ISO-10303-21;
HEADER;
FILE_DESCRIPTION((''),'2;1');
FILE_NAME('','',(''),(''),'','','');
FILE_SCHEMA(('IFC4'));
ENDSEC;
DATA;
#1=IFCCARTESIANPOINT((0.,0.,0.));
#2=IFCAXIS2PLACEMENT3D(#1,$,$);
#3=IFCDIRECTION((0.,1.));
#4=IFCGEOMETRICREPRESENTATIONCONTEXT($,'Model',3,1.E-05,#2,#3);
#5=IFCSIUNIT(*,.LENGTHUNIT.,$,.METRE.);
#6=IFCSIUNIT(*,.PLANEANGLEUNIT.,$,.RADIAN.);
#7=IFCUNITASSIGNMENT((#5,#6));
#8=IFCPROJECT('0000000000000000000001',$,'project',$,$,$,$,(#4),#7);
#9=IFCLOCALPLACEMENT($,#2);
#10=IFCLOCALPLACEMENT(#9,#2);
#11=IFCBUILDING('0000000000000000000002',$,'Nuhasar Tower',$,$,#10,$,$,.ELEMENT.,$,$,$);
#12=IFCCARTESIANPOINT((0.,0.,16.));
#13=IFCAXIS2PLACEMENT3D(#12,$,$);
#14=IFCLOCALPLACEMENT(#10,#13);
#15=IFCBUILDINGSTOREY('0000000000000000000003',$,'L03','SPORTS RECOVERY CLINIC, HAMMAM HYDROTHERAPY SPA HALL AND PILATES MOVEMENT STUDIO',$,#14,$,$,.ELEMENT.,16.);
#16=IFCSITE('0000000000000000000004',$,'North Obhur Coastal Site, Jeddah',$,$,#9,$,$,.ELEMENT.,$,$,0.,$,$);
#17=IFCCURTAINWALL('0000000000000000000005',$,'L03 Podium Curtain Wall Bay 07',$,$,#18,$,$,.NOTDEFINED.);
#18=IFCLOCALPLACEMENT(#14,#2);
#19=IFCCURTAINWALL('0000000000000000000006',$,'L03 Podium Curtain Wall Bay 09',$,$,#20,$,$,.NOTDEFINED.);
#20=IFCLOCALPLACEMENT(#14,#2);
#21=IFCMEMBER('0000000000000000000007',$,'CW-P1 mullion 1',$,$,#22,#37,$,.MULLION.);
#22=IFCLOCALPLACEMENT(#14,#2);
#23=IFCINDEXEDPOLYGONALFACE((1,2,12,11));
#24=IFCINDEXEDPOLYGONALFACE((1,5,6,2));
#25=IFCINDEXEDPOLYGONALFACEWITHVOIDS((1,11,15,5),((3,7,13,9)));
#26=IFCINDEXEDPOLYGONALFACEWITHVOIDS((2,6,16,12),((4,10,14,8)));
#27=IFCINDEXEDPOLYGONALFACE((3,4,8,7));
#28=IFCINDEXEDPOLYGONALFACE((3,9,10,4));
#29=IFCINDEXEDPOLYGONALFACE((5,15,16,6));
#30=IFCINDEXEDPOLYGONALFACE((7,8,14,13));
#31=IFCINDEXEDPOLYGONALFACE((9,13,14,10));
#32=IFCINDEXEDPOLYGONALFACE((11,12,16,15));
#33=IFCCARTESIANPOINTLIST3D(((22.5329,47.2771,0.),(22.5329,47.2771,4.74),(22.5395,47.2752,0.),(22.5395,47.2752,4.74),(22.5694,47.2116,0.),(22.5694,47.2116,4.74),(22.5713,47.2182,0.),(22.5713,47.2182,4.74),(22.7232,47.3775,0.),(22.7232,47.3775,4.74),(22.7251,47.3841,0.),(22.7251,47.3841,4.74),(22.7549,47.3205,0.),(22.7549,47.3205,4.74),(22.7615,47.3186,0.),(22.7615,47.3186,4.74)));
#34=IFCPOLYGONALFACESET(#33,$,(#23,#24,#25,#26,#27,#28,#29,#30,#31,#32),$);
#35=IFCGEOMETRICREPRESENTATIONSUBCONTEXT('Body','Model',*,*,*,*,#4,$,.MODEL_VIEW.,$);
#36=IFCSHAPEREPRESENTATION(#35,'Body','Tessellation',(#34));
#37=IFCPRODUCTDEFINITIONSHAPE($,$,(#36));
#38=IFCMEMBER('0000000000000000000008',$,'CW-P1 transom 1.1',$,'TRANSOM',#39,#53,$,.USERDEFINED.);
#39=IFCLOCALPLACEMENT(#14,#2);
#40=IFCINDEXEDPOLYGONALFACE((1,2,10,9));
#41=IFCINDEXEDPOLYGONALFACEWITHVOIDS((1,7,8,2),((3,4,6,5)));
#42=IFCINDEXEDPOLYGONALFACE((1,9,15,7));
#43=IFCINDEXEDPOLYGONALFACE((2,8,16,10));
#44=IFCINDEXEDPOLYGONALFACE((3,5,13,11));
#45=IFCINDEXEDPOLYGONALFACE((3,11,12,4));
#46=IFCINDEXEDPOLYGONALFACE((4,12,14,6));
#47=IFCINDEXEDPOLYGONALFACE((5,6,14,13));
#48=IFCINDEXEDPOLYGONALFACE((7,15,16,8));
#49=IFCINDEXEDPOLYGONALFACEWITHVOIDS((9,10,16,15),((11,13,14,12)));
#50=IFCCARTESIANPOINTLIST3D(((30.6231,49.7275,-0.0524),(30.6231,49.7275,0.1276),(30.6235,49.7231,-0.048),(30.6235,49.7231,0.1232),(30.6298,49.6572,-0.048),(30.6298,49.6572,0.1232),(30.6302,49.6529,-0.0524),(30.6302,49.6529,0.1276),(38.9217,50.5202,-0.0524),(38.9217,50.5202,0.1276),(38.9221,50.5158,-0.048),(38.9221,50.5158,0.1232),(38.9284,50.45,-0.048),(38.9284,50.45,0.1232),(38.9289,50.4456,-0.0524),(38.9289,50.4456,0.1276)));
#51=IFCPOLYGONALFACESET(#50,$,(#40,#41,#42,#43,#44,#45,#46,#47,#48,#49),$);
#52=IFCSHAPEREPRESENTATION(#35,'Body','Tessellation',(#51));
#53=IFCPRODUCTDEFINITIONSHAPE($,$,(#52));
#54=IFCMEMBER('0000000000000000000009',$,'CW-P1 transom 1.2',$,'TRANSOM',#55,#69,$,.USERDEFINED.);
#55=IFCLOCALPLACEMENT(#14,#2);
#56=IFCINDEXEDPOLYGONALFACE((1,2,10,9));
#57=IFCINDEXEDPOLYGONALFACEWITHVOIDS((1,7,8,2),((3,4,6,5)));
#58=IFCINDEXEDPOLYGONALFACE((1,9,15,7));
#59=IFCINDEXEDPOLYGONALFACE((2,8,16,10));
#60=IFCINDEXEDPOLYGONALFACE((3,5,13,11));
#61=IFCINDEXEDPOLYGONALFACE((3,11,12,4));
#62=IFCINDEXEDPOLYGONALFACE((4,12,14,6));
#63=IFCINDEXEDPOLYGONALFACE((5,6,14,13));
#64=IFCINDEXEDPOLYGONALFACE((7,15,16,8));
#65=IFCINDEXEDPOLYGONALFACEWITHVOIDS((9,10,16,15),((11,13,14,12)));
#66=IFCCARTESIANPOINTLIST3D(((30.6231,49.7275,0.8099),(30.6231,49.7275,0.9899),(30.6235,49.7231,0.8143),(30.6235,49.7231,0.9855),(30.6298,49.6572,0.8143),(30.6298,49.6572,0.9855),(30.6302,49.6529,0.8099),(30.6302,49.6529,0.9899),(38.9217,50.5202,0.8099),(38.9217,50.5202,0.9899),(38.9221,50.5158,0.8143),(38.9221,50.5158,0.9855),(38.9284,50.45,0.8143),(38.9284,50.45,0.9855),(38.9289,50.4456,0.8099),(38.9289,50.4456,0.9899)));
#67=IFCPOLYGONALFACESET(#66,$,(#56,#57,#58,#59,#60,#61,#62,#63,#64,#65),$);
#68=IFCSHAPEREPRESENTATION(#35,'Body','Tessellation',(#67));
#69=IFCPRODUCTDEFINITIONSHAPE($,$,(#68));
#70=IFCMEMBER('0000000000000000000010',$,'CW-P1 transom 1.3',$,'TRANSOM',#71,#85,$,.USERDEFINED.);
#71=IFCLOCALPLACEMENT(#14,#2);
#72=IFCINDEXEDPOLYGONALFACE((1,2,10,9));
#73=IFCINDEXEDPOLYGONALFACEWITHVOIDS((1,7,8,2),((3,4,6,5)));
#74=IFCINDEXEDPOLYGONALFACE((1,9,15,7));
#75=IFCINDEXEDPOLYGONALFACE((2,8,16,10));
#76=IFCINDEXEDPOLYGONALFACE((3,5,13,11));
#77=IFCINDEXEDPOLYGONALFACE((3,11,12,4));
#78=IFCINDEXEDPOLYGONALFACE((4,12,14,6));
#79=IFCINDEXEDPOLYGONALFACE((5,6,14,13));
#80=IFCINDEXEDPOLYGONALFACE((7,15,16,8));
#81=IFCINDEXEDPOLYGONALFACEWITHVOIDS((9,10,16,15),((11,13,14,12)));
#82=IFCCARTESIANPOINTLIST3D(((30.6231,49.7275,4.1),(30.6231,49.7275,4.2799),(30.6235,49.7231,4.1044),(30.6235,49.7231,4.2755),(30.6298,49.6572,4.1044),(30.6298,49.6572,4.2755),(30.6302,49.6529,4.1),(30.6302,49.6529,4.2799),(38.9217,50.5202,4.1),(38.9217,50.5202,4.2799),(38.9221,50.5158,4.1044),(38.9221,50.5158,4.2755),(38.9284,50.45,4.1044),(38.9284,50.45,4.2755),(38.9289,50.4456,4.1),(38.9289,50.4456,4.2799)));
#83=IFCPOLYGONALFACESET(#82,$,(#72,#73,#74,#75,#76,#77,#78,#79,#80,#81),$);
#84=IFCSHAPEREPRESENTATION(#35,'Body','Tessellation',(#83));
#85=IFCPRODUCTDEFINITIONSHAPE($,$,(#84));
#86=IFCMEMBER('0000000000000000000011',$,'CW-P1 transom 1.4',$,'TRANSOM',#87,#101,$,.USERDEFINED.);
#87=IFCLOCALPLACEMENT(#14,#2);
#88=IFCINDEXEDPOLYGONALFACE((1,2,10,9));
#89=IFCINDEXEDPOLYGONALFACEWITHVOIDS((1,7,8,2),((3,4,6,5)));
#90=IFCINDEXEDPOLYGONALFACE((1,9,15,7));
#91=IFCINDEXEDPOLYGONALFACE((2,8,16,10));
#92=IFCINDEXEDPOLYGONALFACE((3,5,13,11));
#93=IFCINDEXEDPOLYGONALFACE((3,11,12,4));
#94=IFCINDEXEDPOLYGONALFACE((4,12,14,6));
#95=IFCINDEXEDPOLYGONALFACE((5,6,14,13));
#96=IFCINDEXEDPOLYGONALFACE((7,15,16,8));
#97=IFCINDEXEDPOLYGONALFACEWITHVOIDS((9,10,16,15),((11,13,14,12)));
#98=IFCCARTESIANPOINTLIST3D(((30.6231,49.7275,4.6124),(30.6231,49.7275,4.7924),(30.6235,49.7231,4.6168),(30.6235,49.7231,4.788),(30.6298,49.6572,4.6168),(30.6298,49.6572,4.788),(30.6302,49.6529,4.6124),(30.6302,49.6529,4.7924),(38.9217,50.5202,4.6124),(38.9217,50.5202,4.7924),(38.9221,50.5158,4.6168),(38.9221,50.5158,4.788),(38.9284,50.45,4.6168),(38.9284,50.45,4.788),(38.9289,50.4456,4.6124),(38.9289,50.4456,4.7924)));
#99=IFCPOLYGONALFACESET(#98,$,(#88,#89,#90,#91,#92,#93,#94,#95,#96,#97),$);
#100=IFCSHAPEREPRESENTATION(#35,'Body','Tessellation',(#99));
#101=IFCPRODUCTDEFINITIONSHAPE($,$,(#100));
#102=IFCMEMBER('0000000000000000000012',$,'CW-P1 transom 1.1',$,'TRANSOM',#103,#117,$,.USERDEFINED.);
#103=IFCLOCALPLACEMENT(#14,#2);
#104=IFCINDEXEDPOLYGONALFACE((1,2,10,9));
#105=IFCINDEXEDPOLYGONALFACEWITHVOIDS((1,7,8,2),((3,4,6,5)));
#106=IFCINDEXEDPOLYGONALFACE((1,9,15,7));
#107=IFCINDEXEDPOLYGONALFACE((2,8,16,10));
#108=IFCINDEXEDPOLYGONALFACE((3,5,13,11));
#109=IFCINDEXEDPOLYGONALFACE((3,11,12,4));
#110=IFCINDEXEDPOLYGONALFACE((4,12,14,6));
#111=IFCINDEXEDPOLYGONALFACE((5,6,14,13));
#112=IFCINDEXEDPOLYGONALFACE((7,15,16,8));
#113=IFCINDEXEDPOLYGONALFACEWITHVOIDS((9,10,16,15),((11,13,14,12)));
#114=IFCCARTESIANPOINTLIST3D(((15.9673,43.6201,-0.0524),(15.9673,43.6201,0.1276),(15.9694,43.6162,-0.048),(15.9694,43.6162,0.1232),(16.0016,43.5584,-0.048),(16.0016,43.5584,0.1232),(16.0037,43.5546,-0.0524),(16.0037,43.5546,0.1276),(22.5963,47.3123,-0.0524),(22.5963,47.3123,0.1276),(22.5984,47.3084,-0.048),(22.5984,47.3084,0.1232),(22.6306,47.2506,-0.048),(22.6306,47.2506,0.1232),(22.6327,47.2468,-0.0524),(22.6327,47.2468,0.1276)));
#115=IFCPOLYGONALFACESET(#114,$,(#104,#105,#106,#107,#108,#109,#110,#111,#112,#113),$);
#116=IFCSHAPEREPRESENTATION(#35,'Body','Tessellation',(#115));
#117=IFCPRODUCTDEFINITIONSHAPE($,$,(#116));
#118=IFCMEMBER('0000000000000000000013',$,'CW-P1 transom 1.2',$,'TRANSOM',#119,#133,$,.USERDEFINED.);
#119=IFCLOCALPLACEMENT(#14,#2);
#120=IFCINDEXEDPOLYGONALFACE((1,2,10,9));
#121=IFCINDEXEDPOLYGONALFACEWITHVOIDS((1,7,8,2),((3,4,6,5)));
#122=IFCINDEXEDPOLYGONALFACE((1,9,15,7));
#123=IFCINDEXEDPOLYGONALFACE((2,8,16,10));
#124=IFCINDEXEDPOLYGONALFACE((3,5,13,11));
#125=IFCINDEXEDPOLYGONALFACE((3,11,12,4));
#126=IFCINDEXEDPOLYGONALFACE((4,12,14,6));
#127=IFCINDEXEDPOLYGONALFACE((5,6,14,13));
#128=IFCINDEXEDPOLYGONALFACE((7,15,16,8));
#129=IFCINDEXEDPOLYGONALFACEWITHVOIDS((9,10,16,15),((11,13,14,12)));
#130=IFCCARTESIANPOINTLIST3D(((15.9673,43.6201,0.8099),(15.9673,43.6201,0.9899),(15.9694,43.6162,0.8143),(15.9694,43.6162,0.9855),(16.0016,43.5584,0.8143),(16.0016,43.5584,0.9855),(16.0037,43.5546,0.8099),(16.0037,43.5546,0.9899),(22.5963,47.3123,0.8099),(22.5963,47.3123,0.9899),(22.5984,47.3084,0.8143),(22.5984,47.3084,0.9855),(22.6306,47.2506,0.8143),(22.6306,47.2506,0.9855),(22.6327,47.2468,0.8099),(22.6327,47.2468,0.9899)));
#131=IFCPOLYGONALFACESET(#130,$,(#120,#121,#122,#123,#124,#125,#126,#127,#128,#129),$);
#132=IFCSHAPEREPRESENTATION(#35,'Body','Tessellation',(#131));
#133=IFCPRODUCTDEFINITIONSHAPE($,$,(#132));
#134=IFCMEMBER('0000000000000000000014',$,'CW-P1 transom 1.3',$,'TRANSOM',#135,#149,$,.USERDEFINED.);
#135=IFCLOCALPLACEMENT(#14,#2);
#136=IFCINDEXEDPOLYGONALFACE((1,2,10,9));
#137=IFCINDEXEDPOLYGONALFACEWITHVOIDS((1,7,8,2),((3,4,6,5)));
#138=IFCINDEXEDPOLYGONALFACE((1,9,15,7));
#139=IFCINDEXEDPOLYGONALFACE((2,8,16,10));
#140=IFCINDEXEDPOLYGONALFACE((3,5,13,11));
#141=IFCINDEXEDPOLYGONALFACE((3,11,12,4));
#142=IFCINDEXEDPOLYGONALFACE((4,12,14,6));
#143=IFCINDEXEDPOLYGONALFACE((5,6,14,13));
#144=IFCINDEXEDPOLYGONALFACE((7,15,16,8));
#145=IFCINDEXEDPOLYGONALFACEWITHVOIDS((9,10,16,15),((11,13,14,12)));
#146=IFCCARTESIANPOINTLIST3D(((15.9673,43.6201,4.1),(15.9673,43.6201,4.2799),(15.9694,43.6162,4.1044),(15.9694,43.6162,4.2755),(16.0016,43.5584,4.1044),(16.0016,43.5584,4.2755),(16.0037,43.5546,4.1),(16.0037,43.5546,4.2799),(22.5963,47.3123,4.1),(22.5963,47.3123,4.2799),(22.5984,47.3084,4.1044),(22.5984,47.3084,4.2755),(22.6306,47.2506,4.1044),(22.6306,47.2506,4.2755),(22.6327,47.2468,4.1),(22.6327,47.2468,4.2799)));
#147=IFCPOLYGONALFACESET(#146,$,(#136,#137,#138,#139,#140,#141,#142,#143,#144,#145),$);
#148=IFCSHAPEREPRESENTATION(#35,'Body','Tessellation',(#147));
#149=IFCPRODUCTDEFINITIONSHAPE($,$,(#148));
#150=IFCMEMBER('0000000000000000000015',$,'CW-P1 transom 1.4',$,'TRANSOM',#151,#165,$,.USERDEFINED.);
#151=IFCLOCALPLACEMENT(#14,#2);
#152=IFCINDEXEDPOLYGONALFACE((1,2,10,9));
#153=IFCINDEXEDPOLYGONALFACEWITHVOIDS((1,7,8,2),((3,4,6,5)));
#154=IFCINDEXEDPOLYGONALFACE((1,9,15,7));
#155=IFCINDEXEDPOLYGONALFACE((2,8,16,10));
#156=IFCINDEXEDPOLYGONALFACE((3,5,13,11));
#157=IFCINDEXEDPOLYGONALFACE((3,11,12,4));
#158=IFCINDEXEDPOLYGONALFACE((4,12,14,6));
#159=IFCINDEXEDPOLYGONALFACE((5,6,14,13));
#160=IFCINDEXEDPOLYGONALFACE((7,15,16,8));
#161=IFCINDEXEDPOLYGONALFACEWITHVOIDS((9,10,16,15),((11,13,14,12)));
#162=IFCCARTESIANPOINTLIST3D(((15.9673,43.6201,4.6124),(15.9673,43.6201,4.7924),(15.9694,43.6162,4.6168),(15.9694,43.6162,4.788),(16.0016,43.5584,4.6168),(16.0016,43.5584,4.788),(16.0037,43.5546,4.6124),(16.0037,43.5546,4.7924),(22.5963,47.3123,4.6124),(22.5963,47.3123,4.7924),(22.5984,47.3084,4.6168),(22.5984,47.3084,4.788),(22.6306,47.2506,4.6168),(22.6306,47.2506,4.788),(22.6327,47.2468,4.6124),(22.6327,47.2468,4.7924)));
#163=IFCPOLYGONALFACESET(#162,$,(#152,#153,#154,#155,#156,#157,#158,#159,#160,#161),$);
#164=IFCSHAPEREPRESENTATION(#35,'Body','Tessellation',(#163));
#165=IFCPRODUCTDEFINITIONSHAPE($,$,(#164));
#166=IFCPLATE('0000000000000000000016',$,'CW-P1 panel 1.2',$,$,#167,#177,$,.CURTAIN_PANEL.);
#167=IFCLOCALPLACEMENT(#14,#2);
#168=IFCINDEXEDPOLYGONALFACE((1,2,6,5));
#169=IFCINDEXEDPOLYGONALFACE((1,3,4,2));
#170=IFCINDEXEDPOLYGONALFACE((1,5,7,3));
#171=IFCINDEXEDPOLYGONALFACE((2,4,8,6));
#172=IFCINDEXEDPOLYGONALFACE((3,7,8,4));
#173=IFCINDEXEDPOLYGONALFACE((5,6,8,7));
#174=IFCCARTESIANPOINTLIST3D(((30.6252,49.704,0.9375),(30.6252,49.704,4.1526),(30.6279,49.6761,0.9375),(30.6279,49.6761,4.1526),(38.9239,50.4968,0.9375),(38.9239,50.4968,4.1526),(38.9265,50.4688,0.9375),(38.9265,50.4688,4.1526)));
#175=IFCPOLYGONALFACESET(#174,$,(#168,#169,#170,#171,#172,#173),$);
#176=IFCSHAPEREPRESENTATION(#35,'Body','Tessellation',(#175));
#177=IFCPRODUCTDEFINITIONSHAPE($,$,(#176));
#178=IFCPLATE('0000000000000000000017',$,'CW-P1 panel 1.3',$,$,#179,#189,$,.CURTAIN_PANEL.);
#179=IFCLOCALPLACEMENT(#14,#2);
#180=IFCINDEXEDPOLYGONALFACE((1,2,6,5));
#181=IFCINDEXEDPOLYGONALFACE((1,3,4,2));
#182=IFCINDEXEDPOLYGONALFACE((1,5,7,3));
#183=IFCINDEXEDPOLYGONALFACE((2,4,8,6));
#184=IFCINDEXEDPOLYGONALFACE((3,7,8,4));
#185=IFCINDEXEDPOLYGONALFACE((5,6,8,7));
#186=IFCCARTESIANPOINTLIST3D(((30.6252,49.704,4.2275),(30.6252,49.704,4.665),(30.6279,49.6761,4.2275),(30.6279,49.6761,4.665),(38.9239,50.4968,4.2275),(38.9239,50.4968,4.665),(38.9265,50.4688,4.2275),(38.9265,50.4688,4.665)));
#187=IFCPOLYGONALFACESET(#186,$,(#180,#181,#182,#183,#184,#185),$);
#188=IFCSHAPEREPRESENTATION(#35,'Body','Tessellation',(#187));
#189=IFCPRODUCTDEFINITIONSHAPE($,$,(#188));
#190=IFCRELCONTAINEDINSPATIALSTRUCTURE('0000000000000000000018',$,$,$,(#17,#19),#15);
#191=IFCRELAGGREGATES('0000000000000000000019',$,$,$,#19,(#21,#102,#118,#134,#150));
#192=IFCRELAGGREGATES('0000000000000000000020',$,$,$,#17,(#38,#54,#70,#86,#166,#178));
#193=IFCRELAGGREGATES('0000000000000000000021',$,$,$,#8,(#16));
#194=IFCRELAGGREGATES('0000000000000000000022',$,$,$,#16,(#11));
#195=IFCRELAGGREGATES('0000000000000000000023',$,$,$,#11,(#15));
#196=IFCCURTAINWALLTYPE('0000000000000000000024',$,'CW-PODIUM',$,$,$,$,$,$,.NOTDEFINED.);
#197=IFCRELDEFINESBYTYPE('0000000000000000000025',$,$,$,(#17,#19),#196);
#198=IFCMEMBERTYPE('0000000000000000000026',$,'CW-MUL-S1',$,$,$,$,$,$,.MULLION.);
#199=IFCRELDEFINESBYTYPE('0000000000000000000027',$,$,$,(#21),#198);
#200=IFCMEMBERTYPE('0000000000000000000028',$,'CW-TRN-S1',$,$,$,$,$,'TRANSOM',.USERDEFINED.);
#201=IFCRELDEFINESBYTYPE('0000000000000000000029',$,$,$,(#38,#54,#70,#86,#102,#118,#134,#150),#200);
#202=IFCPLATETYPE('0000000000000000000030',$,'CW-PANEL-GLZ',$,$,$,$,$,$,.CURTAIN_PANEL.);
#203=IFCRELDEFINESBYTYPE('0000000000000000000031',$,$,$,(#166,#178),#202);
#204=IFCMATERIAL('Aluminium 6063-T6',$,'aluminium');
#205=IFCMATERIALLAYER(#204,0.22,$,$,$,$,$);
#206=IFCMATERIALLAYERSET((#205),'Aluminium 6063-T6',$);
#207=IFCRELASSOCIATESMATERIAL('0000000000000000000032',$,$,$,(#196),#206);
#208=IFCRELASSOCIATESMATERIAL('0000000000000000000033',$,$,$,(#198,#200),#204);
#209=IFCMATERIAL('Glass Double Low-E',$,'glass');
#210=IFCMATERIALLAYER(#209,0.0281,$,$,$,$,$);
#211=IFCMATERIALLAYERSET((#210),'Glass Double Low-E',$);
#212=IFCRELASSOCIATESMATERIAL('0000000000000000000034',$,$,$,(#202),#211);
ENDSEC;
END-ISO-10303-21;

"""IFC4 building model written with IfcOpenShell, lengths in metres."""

from ifc_helpers import new_model, si_unit, direction, frame, origin, origin_2d, place, context, subcontext, project, spatial, rectangle, hollow_rectangle, extrude, material, layer, layer_set, material_profile, profile_set, type_object, element, aggregate, save


model = new_model("IFC4")

# Units and contexts
model_context = context("Model", 3, precision=1e-05, world=origin(), true_north=direction((0.0, 1.0)))
body_context = subcontext(model_context, "Body", "Model", "MODEL_VIEW")
ifc_project = project(units=[si_unit("LENGTHUNIT", "METRE"), si_unit("PLANEANGLEUNIT", "RADIAN")], contexts=[model_context])

# Site, building, storey
site_placement = place(None, origin())
site = spatial("IfcSite", under=ifc_project, at=site_placement, Name="North Obhur Coastal Site, Jeddah", CompositionType="ELEMENT", RefElevation=0.0)
building_placement = place(site_placement, origin())
building = spatial("IfcBuilding", under=site, at=building_placement, Name="Nuhasar Tower", CompositionType="ELEMENT")
storey_placement = place(building_placement, frame((0.0, 0.0, 16.0)))
storey = spatial("IfcBuildingStorey", under=building, at=storey_placement, Name="L03", Description="SPORTS RECOVERY CLINIC, HAMMAM HYDROTHERAPY SPA HALL AND PILATES MOVEMENT STUDIO", CompositionType="ELEMENT", Elevation=16.0)

# Curtain wall
ifc_material_1 = material(Name="Aluminium 6063-T6", Category="aluminium")
ifc_layer_1 = layer(ifc_material_1, 0.22)
ifc_layer_set_1 = layer_set([ifc_layer_1], Name="Aluminium 6063-T6")
curtain_wall_type = type_object("IfcCurtainWallType", Name="CW-PODIUM", PredefinedType="NOTDEFINED", material=ifc_layer_set_1)
curtain_wall_1_placement = place(storey_placement, origin())
curtain_wall_1 = element("IfcCurtainWall", 1, at=curtain_wall_1_placement, inside=storey, type_object=curtain_wall_type, Name="L03 Podium Curtain Wall Bay 07", PredefinedType="NOTDEFINED")
ifc_material_profile_1 = material_profile(ifc_material_1, hollow_rectangle(XDim=0.075, YDim=0.22, WallThickness=0.0049, at=origin_2d()), Name="CWM-1")
ifc_profile_set_1 = profile_set([ifc_material_profile_1], Name="Aluminium 6063-T6")
member_type_1 = type_object("IfcMemberType", Name="CW-MUL-S1", PredefinedType="MULLION", material=ifc_profile_set_1)

# Curtain wall, member
curtain_wall_2_placement = place(storey_placement, origin())
curtain_wall_2 = element("IfcCurtainWall", 2, at=curtain_wall_2_placement, inside=storey, type_object=curtain_wall_type, Name="L03 Podium Curtain Wall Bay 09", PredefinedType="NOTDEFINED")
member_1_placement = place(storey_placement, frame((22.6472, 47.2979, 0.0), z_axis=(0.0, 0.0, 1.0), x_axis=(0.486575, -0.873639, 0.0)))
member_1 = element("IfcMember", 3, at=member_1_placement, type_object=member_type_1, Name="CW-P1 mullion 1", PredefinedType="MULLION", context=body_context, shape_type="SweptSolid", body=[
    extrude(hollow_rectangle(XDim=0.075, YDim=0.22, WallThickness=0.0049, at=origin_2d()), origin(), (0.0, 0.0, 1.0), 4.74),
])

# Members
ifc_material_profile_2 = material_profile(ifc_material_1, hollow_rectangle(XDim=0.075, YDim=0.1799, WallThickness=0.0044, at=origin_2d()), Name="CWT-1")
ifc_profile_set_2 = profile_set([ifc_material_profile_2], Name="Aluminium 6063-T6")
member_type_2 = type_object("IfcMemberType", Name="CW-TRN-S1", ElementType="TRANSOM", PredefinedType="USERDEFINED", material=ifc_profile_set_2)
member_2_placement = place(storey_placement, frame((38.9253, 50.4829, 0.0376), z_axis=(-0.995468, -0.095092, 0.0), x_axis=(0.095092, -0.995468, 0.0)))
member_2 = element("IfcMember", 4, at=member_2_placement, type_object=member_type_2, Name="CW-P1 transom 1.1", ObjectType="TRANSOM", PredefinedType="USERDEFINED", context=body_context, shape_type="SweptSolid", body=[
    extrude(hollow_rectangle(XDim=0.075, YDim=0.1799, WallThickness=0.0044, at=origin_2d()), origin(), (0.0, 0.0, 1.0), 8.3364),
])
member_3_placement = place(storey_placement, frame((38.9253, 50.4829, 0.8999), z_axis=(-0.995468, -0.095092, 0.0), x_axis=(0.095092, -0.995468, 0.0)))
member_3 = element("IfcMember", 5, at=member_3_placement, type_object=member_type_2, Name="CW-P1 transom 1.2", ObjectType="TRANSOM", PredefinedType="USERDEFINED", context=body_context, shape_type="SweptSolid", body=[
    extrude(hollow_rectangle(XDim=0.075, YDim=0.1799, WallThickness=0.0044, at=origin_2d()), origin(), (0.0, 0.0, 1.0), 8.3364),
])
member_4_placement = place(storey_placement, frame((38.9253, 50.4829, 4.1899), z_axis=(-0.995468, -0.095092, 0.0), x_axis=(0.095092, -0.995468, 0.0)))
member_4 = element("IfcMember", 6, at=member_4_placement, type_object=member_type_2, Name="CW-P1 transom 1.3", ObjectType="TRANSOM", PredefinedType="USERDEFINED", context=body_context, shape_type="SweptSolid", body=[
    extrude(hollow_rectangle(XDim=0.075, YDim=0.1799, WallThickness=0.0044, at=origin_2d()), origin(), (0.0, 0.0, 1.0), 8.3364),
])
member_5_placement = place(storey_placement, frame((38.9253, 50.4829, 4.7024), z_axis=(-0.995468, -0.095092, 0.0), x_axis=(0.095092, -0.995468, 0.0)))
member_5 = element("IfcMember", 7, at=member_5_placement, type_object=member_type_2, Name="CW-P1 transom 1.4", ObjectType="TRANSOM", PredefinedType="USERDEFINED", context=body_context, shape_type="SweptSolid", body=[
    extrude(hollow_rectangle(XDim=0.075, YDim=0.1799, WallThickness=0.0044, at=origin_2d()), origin(), (0.0, 0.0, 1.0), 8.3364),
])
member_6_placement = place(storey_placement, frame((22.6145, 47.2795, 0.0376), z_axis=(-0.87363, -0.486591, 0.0), x_axis=(0.486591, -0.87363, 0.0)))
member_6 = element("IfcMember", 8, at=member_6_placement, type_object=member_type_2, Name="CW-P1 transom 1.1", ObjectType="TRANSOM", PredefinedType="USERDEFINED", context=body_context, shape_type="SweptSolid", body=[
    extrude(hollow_rectangle(XDim=0.075, YDim=0.1799, WallThickness=0.0044, at=origin_2d()), origin(), (0.0, 0.0, 1.0), 7.5879),
])
member_7_placement = place(storey_placement, frame((22.6145, 47.2795, 0.8999), z_axis=(-0.87363, -0.486591, 0.0), x_axis=(0.486591, -0.87363, 0.0)))
member_7 = element("IfcMember", 9, at=member_7_placement, type_object=member_type_2, Name="CW-P1 transom 1.2", ObjectType="TRANSOM", PredefinedType="USERDEFINED", context=body_context, shape_type="SweptSolid", body=[
    extrude(hollow_rectangle(XDim=0.075, YDim=0.1799, WallThickness=0.0044, at=origin_2d()), origin(), (0.0, 0.0, 1.0), 7.5879),
])
member_8_placement = place(storey_placement, frame((22.6145, 47.2795, 4.1899), z_axis=(-0.87363, -0.486591, 0.0), x_axis=(0.486591, -0.87363, 0.0)))
member_8 = element("IfcMember", 10, at=member_8_placement, type_object=member_type_2, Name="CW-P1 transom 1.3", ObjectType="TRANSOM", PredefinedType="USERDEFINED", context=body_context, shape_type="SweptSolid", body=[
    extrude(hollow_rectangle(XDim=0.075, YDim=0.1799, WallThickness=0.0044, at=origin_2d()), origin(), (0.0, 0.0, 1.0), 7.5879),
])
member_9_placement = place(storey_placement, frame((22.6145, 47.2795, 4.7024), z_axis=(-0.87363, -0.486591, 0.0), x_axis=(0.486591, -0.87363, 0.0)))
member_9 = element("IfcMember", 11, at=member_9_placement, type_object=member_type_2, Name="CW-P1 transom 1.4", ObjectType="TRANSOM", PredefinedType="USERDEFINED", context=body_context, shape_type="SweptSolid", body=[
    extrude(hollow_rectangle(XDim=0.075, YDim=0.1799, WallThickness=0.0044, at=origin_2d()), origin(), (0.0, 0.0, 1.0), 7.5879),
])
aggregate(curtain_wall_2, [member_1, member_6, member_7, member_8, member_9])

# Plates
ifc_material_2 = material(Name="Glass Double Low-E", Category="glass")
ifc_layer_2 = layer(ifc_material_2, 0.0281)
ifc_layer_set_2 = layer_set([ifc_layer_2], Name="Glass Double Low-E")
plate_type_1 = type_object("IfcPlateType", Name="CW-PANEL-GLZ", PredefinedType="CURTAIN_PANEL", material=ifc_layer_set_2)
plate_1_placement = place(storey_placement, frame((34.7759, 50.0864, 0.9375), z_axis=(0.0, 0.0, 1.0), x_axis=(-0.995468, -0.095093, 0.0)))
plate_1 = element("IfcPlate", 12, at=plate_1_placement, type_object=plate_type_1, Name="CW-P1 panel 1.2", PredefinedType="CURTAIN_PANEL", context=body_context, shape_type="SweptSolid", body=[
    extrude(rectangle(XDim=8.3364, YDim=0.0281, at=origin_2d()), origin(), (0.0, 0.0, 1.0), 3.2151),
])
plate_2_placement = place(storey_placement, frame((34.7759, 50.0864, 4.2275), z_axis=(0.0, 0.0, 1.0), x_axis=(-0.995468, -0.095093, 0.0)))
plate_2 = element("IfcPlate", 13, at=plate_2_placement, type_object=plate_type_1, Name="CW-P1 panel 1.3", PredefinedType="CURTAIN_PANEL", context=body_context, shape_type="SweptSolid", body=[
    extrude(rectangle(XDim=8.3364, YDim=0.0281, at=origin_2d()), origin(), (0.0, 0.0, 1.0), 0.4375),
])
aggregate(curtain_wall_1, [member_2, member_3, member_4, member_5, plate_1, plate_2])

save(model, "model.ifc")
